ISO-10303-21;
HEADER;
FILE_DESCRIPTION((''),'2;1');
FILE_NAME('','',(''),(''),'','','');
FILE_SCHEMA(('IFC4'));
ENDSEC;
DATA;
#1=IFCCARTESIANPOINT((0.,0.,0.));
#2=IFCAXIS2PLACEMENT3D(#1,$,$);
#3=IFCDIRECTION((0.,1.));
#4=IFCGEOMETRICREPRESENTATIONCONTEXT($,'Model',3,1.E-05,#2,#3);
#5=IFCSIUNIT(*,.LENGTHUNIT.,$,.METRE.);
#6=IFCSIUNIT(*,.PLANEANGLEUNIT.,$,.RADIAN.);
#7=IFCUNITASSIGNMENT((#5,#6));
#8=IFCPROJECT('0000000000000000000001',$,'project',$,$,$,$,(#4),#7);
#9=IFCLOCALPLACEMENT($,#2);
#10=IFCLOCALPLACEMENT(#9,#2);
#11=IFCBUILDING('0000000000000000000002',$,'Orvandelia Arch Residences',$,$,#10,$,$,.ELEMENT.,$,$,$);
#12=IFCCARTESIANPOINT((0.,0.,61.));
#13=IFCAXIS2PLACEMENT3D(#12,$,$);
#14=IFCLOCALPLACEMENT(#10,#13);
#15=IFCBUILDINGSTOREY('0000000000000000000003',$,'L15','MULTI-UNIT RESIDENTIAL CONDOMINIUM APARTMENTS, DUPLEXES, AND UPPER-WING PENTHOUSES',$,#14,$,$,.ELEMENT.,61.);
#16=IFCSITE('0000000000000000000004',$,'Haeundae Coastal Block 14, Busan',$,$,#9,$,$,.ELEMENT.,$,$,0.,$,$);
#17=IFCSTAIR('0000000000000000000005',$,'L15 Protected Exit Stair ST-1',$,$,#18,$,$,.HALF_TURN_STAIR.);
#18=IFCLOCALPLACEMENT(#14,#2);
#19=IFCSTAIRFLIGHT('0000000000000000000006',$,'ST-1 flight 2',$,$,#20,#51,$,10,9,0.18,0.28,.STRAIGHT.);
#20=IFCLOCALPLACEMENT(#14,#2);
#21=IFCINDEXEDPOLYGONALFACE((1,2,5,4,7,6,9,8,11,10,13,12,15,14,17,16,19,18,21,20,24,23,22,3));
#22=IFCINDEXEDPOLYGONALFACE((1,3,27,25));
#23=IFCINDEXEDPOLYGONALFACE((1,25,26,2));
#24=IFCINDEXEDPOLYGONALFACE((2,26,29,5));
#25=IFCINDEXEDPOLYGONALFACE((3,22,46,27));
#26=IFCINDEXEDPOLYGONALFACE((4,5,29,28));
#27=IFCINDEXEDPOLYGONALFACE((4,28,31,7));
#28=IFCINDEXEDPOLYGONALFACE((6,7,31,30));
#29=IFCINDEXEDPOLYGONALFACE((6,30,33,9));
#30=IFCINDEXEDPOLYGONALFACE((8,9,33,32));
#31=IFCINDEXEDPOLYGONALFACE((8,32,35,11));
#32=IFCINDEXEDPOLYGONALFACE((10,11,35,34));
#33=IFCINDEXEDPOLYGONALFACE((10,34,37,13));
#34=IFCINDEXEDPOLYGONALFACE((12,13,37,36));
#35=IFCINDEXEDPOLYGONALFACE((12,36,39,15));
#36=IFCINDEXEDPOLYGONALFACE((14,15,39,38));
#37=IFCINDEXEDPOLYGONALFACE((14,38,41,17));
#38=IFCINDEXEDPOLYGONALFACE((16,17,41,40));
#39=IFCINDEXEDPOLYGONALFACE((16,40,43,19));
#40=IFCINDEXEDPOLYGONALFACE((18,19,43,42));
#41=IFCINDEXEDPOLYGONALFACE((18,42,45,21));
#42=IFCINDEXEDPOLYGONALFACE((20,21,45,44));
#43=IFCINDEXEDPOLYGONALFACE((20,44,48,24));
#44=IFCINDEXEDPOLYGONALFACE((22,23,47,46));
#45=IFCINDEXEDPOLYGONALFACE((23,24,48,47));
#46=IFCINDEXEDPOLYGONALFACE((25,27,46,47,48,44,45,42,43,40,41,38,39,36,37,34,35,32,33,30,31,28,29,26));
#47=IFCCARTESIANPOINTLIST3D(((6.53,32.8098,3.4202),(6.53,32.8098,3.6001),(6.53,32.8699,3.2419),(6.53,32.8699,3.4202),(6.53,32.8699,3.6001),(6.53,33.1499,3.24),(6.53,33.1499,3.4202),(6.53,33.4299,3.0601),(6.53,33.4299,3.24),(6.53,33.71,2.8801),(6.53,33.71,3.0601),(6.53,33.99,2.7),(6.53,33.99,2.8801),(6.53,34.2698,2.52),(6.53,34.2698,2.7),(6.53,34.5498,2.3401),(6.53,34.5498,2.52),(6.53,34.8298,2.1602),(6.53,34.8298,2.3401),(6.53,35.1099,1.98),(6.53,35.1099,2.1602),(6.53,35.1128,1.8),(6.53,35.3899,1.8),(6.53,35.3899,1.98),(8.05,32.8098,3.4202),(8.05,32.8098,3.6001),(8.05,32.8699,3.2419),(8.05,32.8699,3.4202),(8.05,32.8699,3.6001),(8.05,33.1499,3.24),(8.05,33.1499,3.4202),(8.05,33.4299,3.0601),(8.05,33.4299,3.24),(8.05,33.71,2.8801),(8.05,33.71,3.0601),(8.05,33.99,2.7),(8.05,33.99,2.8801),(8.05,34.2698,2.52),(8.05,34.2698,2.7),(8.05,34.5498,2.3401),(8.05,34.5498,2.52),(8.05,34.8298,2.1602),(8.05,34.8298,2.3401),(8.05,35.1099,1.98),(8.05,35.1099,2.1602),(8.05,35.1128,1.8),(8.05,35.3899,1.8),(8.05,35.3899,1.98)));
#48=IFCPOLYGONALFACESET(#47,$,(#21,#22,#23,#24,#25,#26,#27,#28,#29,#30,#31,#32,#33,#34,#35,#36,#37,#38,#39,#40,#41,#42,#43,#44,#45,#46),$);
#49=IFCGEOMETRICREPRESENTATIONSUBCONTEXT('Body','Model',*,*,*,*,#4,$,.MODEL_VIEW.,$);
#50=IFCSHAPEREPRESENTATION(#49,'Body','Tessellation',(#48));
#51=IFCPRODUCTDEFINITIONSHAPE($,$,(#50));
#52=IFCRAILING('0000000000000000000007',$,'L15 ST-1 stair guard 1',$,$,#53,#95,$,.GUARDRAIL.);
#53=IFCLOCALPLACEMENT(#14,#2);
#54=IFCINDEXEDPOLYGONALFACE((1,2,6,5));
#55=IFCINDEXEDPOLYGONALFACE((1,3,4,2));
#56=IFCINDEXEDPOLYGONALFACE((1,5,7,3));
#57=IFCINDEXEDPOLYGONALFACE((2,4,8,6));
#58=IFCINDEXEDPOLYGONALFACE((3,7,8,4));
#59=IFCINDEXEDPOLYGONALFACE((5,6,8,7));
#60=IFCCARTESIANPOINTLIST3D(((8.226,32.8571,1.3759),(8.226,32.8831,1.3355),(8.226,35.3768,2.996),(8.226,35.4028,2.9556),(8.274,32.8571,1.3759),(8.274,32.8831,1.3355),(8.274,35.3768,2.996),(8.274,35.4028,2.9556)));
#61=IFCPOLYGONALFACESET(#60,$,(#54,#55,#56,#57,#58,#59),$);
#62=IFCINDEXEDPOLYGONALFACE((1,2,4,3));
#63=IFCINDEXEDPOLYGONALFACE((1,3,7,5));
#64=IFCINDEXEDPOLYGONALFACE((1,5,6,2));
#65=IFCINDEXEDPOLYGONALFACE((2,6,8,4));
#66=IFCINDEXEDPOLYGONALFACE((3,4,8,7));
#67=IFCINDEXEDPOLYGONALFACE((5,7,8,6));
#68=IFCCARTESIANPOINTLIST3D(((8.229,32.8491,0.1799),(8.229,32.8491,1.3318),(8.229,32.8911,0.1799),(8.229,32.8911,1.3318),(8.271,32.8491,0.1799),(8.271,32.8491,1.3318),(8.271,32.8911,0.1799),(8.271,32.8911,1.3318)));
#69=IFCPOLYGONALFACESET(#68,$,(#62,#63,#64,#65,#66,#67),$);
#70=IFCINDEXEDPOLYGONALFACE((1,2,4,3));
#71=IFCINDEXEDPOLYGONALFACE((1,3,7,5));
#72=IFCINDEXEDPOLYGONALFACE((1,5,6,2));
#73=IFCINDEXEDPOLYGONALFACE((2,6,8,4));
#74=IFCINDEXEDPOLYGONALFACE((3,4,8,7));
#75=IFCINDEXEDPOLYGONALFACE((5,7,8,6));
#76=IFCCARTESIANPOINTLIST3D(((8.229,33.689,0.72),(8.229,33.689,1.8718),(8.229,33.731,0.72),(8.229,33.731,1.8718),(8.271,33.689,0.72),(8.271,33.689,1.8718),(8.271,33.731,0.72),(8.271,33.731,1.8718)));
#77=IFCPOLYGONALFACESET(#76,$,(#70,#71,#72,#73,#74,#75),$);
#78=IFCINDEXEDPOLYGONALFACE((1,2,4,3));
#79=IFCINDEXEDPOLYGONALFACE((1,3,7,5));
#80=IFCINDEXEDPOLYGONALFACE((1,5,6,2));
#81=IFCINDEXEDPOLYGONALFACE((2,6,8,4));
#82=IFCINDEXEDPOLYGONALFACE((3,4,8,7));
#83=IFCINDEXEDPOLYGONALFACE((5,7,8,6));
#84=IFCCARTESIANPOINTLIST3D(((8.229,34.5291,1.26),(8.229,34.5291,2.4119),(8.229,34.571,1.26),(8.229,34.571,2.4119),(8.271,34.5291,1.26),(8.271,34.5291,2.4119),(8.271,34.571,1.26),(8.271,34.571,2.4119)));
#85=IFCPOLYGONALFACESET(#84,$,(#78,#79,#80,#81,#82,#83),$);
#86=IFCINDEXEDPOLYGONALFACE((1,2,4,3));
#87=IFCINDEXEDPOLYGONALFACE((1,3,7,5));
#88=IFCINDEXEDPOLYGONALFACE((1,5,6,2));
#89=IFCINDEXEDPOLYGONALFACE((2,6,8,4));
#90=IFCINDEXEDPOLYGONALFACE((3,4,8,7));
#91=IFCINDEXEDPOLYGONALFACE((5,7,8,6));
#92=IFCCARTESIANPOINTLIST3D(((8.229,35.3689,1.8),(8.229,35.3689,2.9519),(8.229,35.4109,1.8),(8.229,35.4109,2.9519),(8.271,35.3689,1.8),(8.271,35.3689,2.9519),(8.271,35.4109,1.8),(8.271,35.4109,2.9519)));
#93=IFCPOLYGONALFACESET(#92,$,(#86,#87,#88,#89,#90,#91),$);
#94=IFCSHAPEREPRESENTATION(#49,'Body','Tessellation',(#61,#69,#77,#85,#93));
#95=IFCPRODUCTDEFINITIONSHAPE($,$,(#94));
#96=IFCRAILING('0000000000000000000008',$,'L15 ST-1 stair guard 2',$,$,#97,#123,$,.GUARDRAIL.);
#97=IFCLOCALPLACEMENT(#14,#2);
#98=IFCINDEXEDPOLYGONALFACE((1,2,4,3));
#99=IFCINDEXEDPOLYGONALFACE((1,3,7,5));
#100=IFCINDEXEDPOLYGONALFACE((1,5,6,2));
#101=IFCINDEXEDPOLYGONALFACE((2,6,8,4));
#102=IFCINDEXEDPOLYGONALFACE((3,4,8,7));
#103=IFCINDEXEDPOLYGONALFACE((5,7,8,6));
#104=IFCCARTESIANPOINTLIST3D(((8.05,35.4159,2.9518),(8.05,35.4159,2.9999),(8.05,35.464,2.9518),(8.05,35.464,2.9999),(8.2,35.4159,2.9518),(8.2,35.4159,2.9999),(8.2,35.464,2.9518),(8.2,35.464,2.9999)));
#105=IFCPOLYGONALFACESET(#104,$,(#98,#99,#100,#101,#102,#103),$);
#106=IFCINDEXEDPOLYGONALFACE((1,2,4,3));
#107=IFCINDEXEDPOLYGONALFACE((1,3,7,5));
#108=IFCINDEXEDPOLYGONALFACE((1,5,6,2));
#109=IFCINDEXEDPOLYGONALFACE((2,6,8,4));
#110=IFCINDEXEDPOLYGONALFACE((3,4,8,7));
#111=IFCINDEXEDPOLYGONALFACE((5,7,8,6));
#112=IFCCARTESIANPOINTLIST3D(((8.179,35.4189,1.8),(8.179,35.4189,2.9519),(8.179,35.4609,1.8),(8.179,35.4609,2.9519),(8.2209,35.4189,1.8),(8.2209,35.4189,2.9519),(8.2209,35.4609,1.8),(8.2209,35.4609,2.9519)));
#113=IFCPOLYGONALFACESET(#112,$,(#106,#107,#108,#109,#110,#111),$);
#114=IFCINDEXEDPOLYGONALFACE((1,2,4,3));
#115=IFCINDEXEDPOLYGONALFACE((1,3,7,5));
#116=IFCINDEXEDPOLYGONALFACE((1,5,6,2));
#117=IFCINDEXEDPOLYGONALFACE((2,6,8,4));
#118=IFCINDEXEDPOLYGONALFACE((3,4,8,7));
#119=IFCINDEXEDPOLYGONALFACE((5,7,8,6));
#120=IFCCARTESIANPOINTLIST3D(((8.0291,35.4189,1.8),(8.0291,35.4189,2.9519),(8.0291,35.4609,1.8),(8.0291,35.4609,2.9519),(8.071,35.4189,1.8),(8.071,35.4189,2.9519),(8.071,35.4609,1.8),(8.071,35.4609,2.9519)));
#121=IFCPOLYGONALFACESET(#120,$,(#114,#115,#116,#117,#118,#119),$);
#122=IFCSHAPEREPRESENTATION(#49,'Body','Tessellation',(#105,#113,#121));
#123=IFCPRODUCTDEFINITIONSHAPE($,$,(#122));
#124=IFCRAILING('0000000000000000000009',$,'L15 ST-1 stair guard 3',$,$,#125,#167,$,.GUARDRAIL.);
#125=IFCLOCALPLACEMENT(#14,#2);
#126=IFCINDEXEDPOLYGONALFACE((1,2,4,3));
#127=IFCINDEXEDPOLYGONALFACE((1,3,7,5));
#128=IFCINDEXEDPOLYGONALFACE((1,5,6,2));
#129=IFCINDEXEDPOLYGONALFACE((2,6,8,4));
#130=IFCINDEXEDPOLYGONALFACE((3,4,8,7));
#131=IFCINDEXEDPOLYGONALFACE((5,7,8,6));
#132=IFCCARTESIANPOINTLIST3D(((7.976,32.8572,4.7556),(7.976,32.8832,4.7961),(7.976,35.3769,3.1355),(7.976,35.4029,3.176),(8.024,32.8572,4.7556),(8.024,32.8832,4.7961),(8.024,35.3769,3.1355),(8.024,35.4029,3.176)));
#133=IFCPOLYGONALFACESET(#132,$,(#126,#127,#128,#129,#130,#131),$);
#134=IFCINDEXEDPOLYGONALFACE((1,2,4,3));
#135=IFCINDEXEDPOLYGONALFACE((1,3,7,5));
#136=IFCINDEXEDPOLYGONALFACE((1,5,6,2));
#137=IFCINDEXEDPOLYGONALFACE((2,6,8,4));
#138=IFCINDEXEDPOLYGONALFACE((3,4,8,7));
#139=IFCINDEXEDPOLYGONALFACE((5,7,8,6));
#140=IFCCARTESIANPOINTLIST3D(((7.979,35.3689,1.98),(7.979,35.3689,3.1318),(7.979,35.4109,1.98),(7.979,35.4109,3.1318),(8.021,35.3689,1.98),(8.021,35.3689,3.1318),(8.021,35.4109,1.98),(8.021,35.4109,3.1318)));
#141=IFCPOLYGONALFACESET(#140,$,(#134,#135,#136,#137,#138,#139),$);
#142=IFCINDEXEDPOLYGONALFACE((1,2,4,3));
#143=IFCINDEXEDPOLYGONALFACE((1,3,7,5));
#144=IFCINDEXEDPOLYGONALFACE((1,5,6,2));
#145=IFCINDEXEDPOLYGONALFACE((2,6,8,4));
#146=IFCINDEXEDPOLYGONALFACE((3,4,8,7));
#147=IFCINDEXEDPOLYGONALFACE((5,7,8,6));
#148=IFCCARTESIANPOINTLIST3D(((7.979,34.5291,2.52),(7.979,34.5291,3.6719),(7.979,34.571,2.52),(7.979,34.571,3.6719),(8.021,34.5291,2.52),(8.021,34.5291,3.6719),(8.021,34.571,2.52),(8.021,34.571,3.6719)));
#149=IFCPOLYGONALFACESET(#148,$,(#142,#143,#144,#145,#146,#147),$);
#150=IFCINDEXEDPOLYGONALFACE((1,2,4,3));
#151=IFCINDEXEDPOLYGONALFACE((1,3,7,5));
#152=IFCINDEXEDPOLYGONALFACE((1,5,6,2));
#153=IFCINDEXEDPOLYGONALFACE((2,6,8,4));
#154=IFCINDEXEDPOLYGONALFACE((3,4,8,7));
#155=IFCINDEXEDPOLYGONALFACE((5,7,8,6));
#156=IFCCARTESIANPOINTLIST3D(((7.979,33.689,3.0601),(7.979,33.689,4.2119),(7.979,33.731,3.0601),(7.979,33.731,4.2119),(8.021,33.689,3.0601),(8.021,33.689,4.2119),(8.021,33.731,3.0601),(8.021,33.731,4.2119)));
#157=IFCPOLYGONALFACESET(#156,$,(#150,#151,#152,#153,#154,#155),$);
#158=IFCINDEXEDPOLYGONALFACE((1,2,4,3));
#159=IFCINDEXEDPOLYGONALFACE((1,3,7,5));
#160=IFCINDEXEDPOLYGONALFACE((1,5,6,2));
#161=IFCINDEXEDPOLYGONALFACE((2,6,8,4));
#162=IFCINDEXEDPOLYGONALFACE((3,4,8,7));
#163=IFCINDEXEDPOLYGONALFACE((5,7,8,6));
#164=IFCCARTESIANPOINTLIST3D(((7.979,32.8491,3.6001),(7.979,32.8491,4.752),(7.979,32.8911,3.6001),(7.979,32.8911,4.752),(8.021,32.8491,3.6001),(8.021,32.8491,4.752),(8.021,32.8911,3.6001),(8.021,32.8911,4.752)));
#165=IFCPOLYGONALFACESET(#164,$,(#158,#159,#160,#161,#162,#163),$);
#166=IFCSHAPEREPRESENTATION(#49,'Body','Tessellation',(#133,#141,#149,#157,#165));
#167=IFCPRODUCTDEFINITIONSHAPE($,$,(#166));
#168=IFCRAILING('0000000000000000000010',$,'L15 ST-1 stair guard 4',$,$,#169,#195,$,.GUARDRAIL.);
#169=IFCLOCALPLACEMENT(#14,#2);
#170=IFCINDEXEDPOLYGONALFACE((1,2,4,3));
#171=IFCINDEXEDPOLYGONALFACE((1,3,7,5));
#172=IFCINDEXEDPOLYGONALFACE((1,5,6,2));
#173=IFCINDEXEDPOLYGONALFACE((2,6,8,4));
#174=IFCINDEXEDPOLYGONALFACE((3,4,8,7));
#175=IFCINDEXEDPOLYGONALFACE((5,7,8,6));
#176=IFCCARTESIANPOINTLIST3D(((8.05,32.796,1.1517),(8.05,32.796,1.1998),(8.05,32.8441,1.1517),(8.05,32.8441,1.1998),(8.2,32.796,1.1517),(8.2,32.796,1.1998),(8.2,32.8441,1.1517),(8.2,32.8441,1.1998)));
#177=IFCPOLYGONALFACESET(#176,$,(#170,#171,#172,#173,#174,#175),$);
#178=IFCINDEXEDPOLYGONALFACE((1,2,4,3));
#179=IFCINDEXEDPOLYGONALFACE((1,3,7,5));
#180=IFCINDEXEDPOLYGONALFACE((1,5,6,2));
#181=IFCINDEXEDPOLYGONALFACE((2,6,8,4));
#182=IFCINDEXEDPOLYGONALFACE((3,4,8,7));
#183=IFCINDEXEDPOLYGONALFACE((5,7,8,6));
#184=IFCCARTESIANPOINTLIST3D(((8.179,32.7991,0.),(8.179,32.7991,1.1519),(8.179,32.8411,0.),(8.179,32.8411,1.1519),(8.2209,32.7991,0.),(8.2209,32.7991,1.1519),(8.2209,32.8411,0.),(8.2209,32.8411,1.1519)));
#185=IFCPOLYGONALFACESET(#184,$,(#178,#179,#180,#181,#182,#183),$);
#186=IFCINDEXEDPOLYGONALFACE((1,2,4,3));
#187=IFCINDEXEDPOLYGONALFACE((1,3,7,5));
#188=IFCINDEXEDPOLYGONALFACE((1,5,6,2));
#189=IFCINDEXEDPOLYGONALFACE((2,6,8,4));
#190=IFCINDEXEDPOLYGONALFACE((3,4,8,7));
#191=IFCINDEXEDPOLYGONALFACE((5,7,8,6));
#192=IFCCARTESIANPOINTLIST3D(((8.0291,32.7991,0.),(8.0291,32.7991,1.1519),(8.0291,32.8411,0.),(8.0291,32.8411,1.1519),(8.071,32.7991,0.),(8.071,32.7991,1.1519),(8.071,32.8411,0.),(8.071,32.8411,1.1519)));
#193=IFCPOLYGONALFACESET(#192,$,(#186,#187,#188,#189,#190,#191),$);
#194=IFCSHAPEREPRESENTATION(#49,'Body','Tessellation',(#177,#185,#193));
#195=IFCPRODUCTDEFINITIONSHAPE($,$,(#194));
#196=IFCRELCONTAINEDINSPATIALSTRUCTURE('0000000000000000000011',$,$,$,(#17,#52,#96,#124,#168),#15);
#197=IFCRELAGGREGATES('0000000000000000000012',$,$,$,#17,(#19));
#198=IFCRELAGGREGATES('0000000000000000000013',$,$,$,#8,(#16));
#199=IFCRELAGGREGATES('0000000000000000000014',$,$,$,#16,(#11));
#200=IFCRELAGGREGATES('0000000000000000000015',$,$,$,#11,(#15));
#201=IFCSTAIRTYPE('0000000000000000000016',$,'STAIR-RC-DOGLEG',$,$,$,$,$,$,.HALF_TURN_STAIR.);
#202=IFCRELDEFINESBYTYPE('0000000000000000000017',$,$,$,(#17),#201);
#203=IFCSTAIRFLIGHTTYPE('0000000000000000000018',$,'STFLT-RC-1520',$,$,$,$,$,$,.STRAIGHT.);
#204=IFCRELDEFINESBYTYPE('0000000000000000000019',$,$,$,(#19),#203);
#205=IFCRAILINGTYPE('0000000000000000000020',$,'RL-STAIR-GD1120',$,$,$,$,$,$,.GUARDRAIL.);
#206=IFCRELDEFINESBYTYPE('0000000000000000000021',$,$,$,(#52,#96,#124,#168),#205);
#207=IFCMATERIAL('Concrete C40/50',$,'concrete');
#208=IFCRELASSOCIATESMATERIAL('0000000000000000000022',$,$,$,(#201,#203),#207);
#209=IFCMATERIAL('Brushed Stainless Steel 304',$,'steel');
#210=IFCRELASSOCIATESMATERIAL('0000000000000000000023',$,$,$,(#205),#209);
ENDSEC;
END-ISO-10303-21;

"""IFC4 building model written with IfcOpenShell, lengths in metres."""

from ifc_helpers import new_model, si_unit, direction, frame, origin, origin_2d, place, context, subcontext, project, spatial, polyline, rectangle, outline, extrude, material, type_object, element, aggregate, save


model = new_model("IFC4")

# Units and contexts
model_context = context("Model", 3, precision=1e-05, world=origin(), true_north=direction((0.0, 1.0)))
body_context = subcontext(model_context, "Body", "Model", "MODEL_VIEW")
ifc_project = project(units=[si_unit("LENGTHUNIT", "METRE"), si_unit("PLANEANGLEUNIT", "RADIAN")], contexts=[model_context])

# Site, building, storey
site_placement = place(None, origin())
site = spatial("IfcSite", under=ifc_project, at=site_placement, Name="Haeundae Coastal Block 14, Busan", CompositionType="ELEMENT", RefElevation=0.0)
building_placement = place(site_placement, origin())
building = spatial("IfcBuilding", under=site, at=building_placement, Name="Orvandelia Arch Residences", CompositionType="ELEMENT")
storey_placement = place(building_placement, frame((0.0, 0.0, 61.0)))
storey = spatial("IfcBuildingStorey", under=building, at=storey_placement, Name="L15", Description="MULTI-UNIT RESIDENTIAL CONDOMINIUM APARTMENTS, DUPLEXES, AND UPPER-WING PENTHOUSES", CompositionType="ELEMENT", Elevation=61.0)

# Stair, stair flight
ifc_material_1 = material(Name="Concrete C40/50", Category="concrete")
stair_type = type_object("IfcStairType", Name="STAIR-RC-DOGLEG", PredefinedType="HALF_TURN_STAIR", material=ifc_material_1)
stair_placement = place(storey_placement, origin())
stair = element("IfcStair", 1, at=stair_placement, inside=storey, type_object=stair_type, Name="L15 Protected Exit Stair ST-1", PredefinedType="HALF_TURN_STAIR")
stair_flight_type = type_object("IfcStairFlightType", Name="STFLT-RC-1520", PredefinedType="STRAIGHT", material=ifc_material_1)
stair_flight_1_placement = place(storey_placement, frame((7.29, 35.3899, 1.8), z_axis=(0.0, 0.0, 1.0), x_axis=(0.0, -1.0, 0.0)))
stair_flight_1 = element("IfcStairFlight", 2, at=stair_flight_1_placement, type_object=stair_flight_type, Name="ST-1 flight 2", NumberOfRisers=10, NumberOfTreads=9, PredefinedType="STRAIGHT", RiserHeight=0.18, TreadLength=0.28, context=body_context, shape_type="SweptSolid", body=[
    extrude(outline(polyline([(0.0, 0.0), (0.0, 0.1799), (0.28, 0.1799), (0.28, 0.3601), (0.5601, 0.3601), (0.5601, 0.54), (0.8401, 0.54), (0.8401, 0.72), (1.1201, 0.72), (1.1201, 0.8999), (1.3999, 0.8999), (1.3999, 1.0801), (1.6799, 1.0801), (1.6799, 1.26), (1.96, 1.26), (1.96, 1.4399), (2.24, 1.4399), (2.24, 1.6201), (2.52, 1.6201), (2.52, 1.8), (2.5801, 1.8), (2.5801, 1.6201), (2.52, 1.4419), (0.2771, 0.0), (0.0, 0.0)])), frame((0.0, 0.76, 0.0), z_axis=(0.0, -1.0, 0.0), x_axis=(1.0, 0.0, 0.0)), (0.0, 0.0, 1.0), 1.52),
])
aggregate(stair, [stair_flight_1])

# Railings
ifc_material_2 = material(Name="Brushed Stainless Steel 304", Category="steel")
railing_type_1 = type_object("IfcRailingType", Name="RL-STAIR-GD1120", PredefinedType="GUARDRAIL", material=ifc_material_2)
railing_1_placement = place(storey_placement, frame((8.25, 32.8701, 0.1799)))
element("IfcRailing", 3, at=railing_1_placement, inside=storey, type_object=railing_type_1, Name="L15 ST-1 stair guard 1", PredefinedType="GUARDRAIL", context=body_context, shape_type="SweptSolid", body=[
    extrude(rectangle(XDim=0.0481, YDim=0.0481, at=origin_2d()), frame((0.0, 0.0, 1.1758), z_axis=(0.0, 0.841139, 0.540819), x_axis=(-1.0, 0.0, 0.0)), (0.0, 0.0, 1.0), 2.9956),
    extrude(rectangle(XDim=0.042, YDim=0.042, at=origin_2d()), origin(), (0.0, 0.0, 1.0), 1.1519),
    extrude(rectangle(XDim=0.042, YDim=0.042, at=origin_2d()), frame((0.0, 0.8398, 0.54)), (0.0, 0.0, 1.0), 1.1519),
    extrude(rectangle(XDim=0.042, YDim=0.042, at=origin_2d()), frame((0.0, 1.6799, 1.0801)), (0.0, 0.0, 1.0), 1.1519),
    extrude(rectangle(XDim=0.042, YDim=0.042, at=origin_2d()), frame((0.0, 2.5198, 1.6201)), (0.0, 0.0, 1.0), 1.1519),
])
railing_2_placement = place(storey_placement, frame((8.2, 35.4399, 1.8)))
element("IfcRailing", 4, at=railing_2_placement, inside=storey, type_object=railing_type_1, Name="L15 ST-1 stair guard 2", PredefinedType="GUARDRAIL", context=body_context, shape_type="SweptSolid", body=[
    extrude(rectangle(XDim=0.0481, YDim=0.0481, at=origin_2d()), frame((0.0, 0.0, 1.1758), z_axis=(-1.0, 0.0, 0.0), x_axis=(0.0, -1.0, 0.0)), (0.0, 0.0, 1.0), 0.1499),
    extrude(rectangle(XDim=0.042, YDim=0.042, at=origin_2d()), origin(), (0.0, 0.0, 1.0), 1.1519),
    extrude(rectangle(XDim=0.042, YDim=0.042, at=origin_2d()), frame((-0.1499, 0.0, 0.0)), (0.0, 0.0, 1.0), 1.1519),
])
railing_3_placement = place(storey_placement, frame((8.0, 35.3899, 1.98)))
element("IfcRailing", 5, at=railing_3_placement, inside=storey, type_object=railing_type_1, Name="L15 ST-1 stair guard 3", PredefinedType="GUARDRAIL", context=body_context, shape_type="SweptSolid", body=[
    extrude(rectangle(XDim=0.0481, YDim=0.0481, at=origin_2d()), frame((0.0, 0.0, 1.1758), z_axis=(0.0, -0.841139, 0.540819), x_axis=(1.0, 0.0, 0.0)), (0.0, 0.0, 1.0), 2.9956),
    extrude(rectangle(XDim=0.042, YDim=0.042, at=origin_2d()), origin(), (0.0, 0.0, 1.0), 1.1519),
    extrude(rectangle(XDim=0.042, YDim=0.042, at=origin_2d()), frame((0.0, -0.8398, 0.54)), (0.0, 0.0, 1.0), 1.1519),
    extrude(rectangle(XDim=0.042, YDim=0.042, at=origin_2d()), frame((0.0, -1.6799, 1.0801)), (0.0, 0.0, 1.0), 1.1519),
    extrude(rectangle(XDim=0.042, YDim=0.042, at=origin_2d()), frame((0.0, -2.5198, 1.6201)), (0.0, 0.0, 1.0), 1.1519),
])
railing_4_placement = place(storey_placement, frame((8.2, 32.8201, 0.0)))
element("IfcRailing", 6, at=railing_4_placement, inside=storey, type_object=railing_type_1, Name="L15 ST-1 stair guard 4", PredefinedType="GUARDRAIL", context=body_context, shape_type="SweptSolid", body=[
    extrude(rectangle(XDim=0.0481, YDim=0.0481, at=origin_2d()), frame((0.0, 0.0, 1.1758), z_axis=(-1.0, 0.0, 0.0), x_axis=(0.0, -1.0, 0.0)), (0.0, 0.0, 1.0), 0.1499),
    extrude(rectangle(XDim=0.042, YDim=0.042, at=origin_2d()), origin(), (0.0, 0.0, 1.0), 1.1519),
    extrude(rectangle(XDim=0.042, YDim=0.042, at=origin_2d()), frame((-0.1499, 0.0, 0.0)), (0.0, 0.0, 1.0), 1.1519),
])

save(model, "model.ifc")
